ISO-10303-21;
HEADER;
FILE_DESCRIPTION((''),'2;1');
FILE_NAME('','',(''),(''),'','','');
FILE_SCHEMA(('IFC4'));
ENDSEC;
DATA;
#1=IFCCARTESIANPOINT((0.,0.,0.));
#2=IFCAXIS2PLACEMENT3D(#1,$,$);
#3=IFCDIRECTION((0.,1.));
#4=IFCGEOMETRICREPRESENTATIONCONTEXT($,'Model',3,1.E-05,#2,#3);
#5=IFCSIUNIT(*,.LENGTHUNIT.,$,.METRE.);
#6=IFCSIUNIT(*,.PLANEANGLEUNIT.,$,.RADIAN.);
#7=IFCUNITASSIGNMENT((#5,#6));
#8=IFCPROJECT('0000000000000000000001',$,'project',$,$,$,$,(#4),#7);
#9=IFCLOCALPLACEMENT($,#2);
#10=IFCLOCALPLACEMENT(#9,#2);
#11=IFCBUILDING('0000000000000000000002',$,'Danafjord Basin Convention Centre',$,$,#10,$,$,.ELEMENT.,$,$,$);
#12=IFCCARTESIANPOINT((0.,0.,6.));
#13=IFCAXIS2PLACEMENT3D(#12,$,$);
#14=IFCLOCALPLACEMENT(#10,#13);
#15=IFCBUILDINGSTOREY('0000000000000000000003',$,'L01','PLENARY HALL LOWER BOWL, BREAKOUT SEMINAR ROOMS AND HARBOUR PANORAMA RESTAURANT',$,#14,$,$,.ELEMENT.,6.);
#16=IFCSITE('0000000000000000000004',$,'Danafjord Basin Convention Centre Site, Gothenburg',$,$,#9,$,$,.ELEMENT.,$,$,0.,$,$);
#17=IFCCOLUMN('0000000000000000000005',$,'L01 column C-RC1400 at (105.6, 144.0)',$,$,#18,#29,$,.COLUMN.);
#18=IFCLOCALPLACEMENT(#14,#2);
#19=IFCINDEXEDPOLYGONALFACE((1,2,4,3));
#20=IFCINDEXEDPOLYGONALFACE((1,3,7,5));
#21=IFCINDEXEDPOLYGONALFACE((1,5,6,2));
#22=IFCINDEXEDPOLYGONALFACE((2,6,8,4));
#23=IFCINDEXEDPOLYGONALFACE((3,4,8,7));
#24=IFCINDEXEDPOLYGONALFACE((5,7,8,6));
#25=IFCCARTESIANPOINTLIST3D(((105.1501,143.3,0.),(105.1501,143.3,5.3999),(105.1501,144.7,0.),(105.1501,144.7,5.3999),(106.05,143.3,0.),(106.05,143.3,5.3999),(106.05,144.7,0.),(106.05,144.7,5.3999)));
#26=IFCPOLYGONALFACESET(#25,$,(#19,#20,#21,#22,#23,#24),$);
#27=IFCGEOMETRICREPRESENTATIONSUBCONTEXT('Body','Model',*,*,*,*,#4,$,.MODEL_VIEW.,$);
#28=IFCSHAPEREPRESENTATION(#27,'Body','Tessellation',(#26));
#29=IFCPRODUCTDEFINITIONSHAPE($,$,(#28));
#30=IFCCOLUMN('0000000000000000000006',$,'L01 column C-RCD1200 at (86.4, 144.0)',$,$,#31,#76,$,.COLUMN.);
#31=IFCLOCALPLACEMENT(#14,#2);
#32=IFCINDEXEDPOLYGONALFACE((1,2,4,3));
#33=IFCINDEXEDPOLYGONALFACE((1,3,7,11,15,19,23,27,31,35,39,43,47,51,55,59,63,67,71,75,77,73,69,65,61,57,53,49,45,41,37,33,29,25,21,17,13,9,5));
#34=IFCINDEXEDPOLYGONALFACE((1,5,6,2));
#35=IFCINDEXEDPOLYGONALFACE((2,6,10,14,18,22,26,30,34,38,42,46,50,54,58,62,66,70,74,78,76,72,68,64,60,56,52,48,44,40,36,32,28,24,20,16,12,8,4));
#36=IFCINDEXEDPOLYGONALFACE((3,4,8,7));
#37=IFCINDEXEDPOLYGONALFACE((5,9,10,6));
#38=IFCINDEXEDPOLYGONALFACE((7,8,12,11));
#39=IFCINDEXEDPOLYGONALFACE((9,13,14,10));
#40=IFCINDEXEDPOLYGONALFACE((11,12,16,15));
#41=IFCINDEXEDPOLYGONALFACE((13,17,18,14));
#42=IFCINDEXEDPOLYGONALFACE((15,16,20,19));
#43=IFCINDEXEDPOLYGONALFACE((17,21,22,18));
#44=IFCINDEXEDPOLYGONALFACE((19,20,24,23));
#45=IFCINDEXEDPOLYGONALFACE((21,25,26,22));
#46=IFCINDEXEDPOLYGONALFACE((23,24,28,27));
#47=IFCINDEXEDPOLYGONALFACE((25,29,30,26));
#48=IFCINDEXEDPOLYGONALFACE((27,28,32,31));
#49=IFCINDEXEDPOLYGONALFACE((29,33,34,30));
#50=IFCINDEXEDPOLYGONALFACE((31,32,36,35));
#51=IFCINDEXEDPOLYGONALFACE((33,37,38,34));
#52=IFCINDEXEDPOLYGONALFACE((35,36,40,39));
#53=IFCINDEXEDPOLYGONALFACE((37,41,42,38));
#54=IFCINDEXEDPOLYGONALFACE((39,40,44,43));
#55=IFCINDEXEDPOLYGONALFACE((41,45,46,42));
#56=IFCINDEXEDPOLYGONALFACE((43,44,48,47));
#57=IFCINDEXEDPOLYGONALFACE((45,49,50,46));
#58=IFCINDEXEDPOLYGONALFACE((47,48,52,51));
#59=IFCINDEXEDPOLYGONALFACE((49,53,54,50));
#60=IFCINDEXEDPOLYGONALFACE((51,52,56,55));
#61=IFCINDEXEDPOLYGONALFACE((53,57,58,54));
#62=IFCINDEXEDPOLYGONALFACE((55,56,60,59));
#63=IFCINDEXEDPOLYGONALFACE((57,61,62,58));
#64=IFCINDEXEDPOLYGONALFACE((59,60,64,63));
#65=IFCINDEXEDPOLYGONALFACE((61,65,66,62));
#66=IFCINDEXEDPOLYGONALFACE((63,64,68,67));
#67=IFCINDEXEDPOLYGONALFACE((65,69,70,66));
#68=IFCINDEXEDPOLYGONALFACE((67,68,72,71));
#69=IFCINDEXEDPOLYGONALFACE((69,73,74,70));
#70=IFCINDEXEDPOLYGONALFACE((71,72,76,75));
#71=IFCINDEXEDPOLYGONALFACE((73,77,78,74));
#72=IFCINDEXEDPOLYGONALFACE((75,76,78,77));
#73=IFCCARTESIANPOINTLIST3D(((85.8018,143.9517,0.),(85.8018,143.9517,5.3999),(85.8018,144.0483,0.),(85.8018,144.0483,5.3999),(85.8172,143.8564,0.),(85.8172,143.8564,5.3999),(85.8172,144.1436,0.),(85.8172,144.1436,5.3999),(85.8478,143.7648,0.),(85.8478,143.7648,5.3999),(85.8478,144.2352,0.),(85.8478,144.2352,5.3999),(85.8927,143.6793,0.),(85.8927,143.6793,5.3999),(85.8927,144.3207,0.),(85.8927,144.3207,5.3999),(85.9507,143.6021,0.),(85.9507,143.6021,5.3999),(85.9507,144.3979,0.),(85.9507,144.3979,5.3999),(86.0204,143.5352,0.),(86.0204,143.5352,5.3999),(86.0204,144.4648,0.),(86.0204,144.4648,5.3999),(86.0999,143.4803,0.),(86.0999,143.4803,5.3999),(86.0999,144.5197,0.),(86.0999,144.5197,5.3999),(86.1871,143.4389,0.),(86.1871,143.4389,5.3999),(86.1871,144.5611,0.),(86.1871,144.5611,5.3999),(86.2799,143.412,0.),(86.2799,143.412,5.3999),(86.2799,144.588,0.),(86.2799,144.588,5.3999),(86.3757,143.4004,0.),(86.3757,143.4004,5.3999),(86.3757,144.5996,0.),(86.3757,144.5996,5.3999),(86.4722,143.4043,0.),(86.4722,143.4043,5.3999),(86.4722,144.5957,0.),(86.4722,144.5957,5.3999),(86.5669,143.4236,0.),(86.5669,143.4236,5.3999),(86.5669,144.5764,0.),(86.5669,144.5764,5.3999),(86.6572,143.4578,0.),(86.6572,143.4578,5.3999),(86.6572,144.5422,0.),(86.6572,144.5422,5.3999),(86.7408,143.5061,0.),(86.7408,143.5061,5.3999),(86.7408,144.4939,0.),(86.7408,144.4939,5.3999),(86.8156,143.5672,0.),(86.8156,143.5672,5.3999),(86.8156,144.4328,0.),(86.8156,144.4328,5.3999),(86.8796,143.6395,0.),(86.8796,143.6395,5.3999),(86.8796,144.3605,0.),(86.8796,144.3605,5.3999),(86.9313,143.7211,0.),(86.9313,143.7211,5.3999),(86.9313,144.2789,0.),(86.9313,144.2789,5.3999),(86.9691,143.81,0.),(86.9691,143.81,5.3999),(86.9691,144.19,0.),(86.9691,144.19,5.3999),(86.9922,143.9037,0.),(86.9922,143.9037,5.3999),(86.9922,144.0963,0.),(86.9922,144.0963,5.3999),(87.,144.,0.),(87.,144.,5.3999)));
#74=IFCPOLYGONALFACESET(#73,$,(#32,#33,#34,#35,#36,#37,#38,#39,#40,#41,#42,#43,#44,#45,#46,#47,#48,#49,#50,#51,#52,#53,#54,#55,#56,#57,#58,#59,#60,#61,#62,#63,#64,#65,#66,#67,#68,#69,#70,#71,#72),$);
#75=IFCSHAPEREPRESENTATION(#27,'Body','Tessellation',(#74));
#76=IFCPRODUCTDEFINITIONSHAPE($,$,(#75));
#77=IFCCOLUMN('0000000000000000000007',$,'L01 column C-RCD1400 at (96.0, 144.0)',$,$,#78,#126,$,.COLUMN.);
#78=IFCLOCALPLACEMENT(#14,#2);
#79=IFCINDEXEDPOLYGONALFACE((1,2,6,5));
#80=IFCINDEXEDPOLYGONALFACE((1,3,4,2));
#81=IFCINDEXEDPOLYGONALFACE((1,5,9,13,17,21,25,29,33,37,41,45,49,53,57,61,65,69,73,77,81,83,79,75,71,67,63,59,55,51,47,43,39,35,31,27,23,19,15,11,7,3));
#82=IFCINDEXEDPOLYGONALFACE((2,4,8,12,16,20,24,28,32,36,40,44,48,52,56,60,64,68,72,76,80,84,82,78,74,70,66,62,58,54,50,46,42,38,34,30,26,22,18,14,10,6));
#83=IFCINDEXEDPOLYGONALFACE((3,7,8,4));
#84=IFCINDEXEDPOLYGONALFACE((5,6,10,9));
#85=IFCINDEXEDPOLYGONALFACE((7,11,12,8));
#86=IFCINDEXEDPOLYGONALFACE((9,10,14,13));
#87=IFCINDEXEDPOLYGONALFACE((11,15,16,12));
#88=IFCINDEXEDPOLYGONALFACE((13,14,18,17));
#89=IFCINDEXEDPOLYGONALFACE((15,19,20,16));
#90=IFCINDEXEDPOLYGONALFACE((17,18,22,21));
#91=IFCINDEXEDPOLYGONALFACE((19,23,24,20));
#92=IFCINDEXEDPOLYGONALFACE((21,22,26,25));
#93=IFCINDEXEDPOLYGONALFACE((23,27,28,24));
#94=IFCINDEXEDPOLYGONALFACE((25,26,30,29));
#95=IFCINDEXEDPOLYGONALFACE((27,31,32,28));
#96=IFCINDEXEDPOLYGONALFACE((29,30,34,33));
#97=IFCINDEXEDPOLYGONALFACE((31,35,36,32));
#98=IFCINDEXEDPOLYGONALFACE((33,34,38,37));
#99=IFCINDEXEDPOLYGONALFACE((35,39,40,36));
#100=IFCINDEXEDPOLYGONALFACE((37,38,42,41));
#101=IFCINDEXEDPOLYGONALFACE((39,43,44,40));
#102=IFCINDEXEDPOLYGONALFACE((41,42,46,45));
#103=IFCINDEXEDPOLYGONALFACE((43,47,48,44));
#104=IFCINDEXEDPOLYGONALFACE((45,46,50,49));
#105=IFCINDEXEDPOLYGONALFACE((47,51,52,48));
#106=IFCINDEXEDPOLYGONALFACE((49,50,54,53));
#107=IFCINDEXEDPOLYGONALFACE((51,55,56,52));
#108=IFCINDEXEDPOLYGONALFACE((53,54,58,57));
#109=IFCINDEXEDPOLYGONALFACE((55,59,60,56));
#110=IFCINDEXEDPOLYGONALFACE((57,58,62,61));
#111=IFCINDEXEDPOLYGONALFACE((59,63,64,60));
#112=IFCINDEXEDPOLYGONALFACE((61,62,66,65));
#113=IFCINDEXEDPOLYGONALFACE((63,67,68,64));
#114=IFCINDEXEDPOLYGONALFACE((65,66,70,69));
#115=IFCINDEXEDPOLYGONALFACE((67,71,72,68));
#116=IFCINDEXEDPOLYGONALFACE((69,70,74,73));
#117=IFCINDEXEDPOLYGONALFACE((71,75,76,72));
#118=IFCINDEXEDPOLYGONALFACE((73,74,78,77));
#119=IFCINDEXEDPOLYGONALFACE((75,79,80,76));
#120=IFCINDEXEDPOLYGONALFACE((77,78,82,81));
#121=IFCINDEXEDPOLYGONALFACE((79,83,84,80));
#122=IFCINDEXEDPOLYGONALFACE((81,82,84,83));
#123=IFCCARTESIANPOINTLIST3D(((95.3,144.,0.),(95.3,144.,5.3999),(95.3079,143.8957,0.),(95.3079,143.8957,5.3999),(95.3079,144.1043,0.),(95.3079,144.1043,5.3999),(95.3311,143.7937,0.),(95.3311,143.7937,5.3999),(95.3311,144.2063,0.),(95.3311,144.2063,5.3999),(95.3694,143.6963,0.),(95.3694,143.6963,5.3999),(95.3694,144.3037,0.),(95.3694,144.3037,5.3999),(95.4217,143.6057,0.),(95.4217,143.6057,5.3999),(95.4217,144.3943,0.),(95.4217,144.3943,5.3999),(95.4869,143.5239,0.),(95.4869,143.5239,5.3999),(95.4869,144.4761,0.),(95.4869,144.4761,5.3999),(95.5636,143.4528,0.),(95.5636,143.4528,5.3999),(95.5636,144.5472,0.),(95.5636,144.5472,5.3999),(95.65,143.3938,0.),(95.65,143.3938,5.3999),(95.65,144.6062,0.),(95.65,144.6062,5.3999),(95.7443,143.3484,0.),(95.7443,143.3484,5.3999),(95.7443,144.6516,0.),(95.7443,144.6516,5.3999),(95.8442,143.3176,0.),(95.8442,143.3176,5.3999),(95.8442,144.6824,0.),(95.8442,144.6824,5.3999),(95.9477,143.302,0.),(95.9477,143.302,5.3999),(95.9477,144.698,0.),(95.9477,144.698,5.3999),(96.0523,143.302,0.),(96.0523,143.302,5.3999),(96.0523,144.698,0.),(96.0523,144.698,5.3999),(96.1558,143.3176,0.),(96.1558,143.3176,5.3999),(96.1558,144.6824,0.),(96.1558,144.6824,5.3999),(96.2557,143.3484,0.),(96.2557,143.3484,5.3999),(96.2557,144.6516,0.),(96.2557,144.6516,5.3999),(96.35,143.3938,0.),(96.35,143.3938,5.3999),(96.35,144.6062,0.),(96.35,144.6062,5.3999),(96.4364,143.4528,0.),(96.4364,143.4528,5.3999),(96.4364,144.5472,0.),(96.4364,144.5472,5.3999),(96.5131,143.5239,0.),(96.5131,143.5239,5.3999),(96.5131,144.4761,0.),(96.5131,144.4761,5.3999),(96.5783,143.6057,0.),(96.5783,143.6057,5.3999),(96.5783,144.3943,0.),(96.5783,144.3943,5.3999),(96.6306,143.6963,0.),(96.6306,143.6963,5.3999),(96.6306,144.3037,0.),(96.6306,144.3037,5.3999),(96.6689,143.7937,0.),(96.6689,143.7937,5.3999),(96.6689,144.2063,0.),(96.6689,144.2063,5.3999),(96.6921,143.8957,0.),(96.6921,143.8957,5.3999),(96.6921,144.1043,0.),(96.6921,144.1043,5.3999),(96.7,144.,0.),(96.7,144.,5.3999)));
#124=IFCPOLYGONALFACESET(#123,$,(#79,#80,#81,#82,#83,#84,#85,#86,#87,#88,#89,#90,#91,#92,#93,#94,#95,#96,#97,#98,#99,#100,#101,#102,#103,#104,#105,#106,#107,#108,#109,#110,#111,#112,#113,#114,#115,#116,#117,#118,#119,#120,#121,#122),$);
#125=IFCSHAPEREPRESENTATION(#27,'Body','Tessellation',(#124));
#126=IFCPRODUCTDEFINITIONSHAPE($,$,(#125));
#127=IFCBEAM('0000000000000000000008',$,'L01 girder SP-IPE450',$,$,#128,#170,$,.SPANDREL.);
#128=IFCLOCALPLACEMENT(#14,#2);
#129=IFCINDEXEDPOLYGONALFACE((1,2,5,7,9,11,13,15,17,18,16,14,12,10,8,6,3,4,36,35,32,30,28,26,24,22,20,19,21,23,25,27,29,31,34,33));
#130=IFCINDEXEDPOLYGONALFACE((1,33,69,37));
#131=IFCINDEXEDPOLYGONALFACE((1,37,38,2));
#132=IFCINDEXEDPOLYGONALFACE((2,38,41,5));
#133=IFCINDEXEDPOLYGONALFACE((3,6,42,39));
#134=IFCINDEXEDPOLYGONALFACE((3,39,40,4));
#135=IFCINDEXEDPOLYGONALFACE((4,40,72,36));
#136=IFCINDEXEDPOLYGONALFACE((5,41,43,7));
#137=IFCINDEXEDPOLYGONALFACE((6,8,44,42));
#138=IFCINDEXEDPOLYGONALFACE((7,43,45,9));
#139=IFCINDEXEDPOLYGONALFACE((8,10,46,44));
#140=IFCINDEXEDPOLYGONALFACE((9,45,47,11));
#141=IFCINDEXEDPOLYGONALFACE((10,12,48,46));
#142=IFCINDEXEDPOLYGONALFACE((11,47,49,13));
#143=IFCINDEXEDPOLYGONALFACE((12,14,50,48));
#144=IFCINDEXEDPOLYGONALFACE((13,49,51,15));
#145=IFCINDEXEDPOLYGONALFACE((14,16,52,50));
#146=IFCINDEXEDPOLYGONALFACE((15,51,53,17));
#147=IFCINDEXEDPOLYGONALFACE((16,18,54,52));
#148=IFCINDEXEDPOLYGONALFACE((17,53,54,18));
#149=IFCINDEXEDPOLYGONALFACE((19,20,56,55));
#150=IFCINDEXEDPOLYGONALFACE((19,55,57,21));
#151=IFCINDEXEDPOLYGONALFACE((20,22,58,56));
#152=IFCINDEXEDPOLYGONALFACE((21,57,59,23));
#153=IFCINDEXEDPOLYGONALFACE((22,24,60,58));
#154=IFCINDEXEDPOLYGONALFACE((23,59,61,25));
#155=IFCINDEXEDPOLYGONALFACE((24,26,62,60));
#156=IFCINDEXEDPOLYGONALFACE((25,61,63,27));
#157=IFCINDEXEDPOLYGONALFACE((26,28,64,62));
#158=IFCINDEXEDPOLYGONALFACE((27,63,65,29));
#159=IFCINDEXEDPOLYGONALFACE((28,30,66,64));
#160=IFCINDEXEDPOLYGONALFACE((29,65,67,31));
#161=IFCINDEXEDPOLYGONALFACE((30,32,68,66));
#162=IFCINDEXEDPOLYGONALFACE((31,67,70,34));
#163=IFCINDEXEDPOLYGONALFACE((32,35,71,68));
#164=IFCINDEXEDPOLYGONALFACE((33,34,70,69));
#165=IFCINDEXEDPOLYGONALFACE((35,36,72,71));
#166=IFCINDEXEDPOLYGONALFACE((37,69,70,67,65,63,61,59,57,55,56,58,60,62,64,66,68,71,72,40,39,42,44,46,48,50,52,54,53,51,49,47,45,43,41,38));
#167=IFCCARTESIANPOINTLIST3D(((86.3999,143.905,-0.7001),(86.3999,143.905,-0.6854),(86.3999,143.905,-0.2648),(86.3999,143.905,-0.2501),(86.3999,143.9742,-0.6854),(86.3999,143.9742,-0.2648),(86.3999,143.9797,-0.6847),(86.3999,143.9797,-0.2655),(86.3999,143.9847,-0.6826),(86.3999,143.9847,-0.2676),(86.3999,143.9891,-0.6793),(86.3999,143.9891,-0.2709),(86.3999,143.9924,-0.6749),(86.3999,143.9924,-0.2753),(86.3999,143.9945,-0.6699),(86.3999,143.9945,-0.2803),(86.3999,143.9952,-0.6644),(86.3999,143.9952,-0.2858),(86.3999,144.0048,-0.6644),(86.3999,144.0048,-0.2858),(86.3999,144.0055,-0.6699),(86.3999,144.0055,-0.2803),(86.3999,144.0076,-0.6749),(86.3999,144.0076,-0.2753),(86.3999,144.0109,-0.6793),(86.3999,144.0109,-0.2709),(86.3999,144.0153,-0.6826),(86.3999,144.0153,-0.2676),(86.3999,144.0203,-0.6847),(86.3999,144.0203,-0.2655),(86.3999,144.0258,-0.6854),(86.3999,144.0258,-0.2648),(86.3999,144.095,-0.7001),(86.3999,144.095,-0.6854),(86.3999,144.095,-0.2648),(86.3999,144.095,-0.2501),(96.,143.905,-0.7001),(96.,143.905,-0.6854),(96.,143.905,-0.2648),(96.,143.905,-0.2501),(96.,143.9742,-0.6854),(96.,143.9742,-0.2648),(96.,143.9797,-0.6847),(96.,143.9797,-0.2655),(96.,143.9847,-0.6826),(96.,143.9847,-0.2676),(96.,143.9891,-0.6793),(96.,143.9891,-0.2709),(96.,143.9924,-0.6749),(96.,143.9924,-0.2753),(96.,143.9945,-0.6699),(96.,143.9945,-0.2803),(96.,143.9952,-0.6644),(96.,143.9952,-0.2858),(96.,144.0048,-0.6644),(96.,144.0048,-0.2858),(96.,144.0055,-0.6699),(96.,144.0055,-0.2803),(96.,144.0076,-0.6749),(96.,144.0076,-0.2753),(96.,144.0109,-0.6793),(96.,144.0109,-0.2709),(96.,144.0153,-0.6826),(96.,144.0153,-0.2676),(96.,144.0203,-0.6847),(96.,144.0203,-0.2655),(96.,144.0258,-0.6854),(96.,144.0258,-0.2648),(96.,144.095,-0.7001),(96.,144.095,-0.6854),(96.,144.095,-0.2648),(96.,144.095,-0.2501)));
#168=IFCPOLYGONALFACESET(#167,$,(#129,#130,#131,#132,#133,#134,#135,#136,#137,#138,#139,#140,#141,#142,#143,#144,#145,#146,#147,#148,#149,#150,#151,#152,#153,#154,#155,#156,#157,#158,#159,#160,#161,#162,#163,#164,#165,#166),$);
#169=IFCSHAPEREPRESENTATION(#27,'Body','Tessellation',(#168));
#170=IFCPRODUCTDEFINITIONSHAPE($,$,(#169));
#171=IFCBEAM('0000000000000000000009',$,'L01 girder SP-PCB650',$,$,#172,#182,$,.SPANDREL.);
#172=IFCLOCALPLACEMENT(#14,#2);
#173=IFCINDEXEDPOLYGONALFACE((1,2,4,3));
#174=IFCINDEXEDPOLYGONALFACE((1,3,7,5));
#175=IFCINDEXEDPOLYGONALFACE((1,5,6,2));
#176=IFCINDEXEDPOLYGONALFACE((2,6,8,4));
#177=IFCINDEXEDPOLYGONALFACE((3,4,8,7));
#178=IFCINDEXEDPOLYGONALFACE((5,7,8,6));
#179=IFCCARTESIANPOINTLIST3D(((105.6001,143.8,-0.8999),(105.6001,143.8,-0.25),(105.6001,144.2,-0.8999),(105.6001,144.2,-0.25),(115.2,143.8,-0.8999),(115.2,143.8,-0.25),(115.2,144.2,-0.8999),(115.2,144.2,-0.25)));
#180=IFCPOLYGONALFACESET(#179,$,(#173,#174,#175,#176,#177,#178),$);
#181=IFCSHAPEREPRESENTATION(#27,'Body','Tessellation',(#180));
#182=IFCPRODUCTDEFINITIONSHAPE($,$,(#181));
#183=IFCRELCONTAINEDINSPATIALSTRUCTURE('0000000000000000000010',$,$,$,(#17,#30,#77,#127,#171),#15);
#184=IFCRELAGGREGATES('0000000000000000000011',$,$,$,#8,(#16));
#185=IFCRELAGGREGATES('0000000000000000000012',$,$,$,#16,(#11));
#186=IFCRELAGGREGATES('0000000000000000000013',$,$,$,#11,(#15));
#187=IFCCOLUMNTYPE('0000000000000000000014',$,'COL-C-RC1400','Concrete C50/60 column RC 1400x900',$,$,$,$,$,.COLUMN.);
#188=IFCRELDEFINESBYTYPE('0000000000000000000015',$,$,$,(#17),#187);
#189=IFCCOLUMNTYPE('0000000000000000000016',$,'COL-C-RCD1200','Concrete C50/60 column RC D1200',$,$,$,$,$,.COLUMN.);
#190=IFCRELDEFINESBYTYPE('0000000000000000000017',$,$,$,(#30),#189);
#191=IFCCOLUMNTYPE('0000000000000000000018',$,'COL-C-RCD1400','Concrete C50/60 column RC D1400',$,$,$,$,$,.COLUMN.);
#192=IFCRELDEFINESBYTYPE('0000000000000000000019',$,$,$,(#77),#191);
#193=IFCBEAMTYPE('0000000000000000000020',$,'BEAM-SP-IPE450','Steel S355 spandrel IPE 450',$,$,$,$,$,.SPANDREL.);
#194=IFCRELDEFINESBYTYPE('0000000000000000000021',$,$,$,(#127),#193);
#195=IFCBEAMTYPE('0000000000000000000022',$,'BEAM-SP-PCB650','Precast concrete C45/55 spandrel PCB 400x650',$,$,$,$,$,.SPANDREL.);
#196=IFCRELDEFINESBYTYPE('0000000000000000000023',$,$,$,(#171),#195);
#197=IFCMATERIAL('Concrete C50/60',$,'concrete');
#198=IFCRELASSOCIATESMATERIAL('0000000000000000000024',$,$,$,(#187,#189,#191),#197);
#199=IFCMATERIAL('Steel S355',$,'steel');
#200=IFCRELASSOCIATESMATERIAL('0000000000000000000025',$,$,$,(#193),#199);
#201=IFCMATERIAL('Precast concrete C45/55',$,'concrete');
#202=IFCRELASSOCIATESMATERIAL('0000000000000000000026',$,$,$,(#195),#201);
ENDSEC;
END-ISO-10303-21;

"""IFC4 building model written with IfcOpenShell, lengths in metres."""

from ifc_helpers import new_model, si_unit, direction, frame, origin, origin_2d, place, context, subcontext, project, spatial, rectangle, circle, i_section, extrude, material, material_profile, profile_set, type_object, element, save


model = new_model("IFC4")

# Units and contexts
model_context = context("Model", 3, precision=1e-05, world=origin(), true_north=direction((0.0, 1.0)))
body_context = subcontext(model_context, "Body", "Model", "MODEL_VIEW")
ifc_project = project(units=[si_unit("LENGTHUNIT", "METRE"), si_unit("PLANEANGLEUNIT", "RADIAN")], contexts=[model_context])

# Site, building, storey
site_placement = place(None, origin())
site = spatial("IfcSite", under=ifc_project, at=site_placement, Name="Danafjord Basin Convention Centre Site, Gothenburg", CompositionType="ELEMENT", RefElevation=0.0)
building_placement = place(site_placement, origin())
building = spatial("IfcBuilding", under=site, at=building_placement, Name="Danafjord Basin Convention Centre", CompositionType="ELEMENT")
storey_placement = place(building_placement, frame((0.0, 0.0, 6.0)))
storey = spatial("IfcBuildingStorey", under=building, at=storey_placement, Name="L01", Description="PLENARY HALL LOWER BOWL, BREAKOUT SEMINAR ROOMS AND HARBOUR PANORAMA RESTAURANT", CompositionType="ELEMENT", Elevation=6.0)

# Columns
ifc_material_1 = material(Name="Concrete C50/60", Category="concrete")
ifc_material_profile_1 = material_profile(ifc_material_1, rectangle(XDim=0.8999, YDim=1.3999, at=origin_2d()), Name="RC 1400x900")
ifc_profile_set_1 = profile_set([ifc_material_profile_1], Name="Concrete C50/60")
column_type_1 = type_object("IfcColumnType", Name="COL-C-RC1400", Description="Concrete C50/60 column RC 1400x900", PredefinedType="COLUMN", material=ifc_profile_set_1)
column_1_placement = place(storey_placement, frame((105.6001, 144.0, 0.0), z_axis=(0.0, 0.0, 1.0), x_axis=(1.0, 0.0, 0.0)))
element("IfcColumn", 1, at=column_1_placement, inside=storey, type_object=column_type_1, Name="L01 column C-RC1400 at (105.6, 144.0)", PredefinedType="COLUMN", context=body_context, shape_type="SweptSolid", body=[
    extrude(rectangle(XDim=0.8999, YDim=1.3999, at=origin_2d()), origin(), (0.0, 0.0, 1.0), 5.3999),
])
ifc_material_profile_2 = material_profile(ifc_material_1, circle(Radius=0.6001, at=origin_2d()), Name="RC D1200")
ifc_profile_set_2 = profile_set([ifc_material_profile_2], Name="Concrete C50/60")
column_type_2 = type_object("IfcColumnType", Name="COL-C-RCD1200", Description="Concrete C50/60 column RC D1200", PredefinedType="COLUMN", material=ifc_profile_set_2)
column_2_placement = place(storey_placement, frame((86.3999, 144.0, 0.0), z_axis=(0.0, 0.0, 1.0), x_axis=(1.0, 0.0, 0.0)))
element("IfcColumn", 2, at=column_2_placement, inside=storey, type_object=column_type_2, Name="L01 column C-RCD1200 at (86.4, 144.0)", PredefinedType="COLUMN", context=body_context, shape_type="SweptSolid", body=[
    extrude(circle(Radius=0.6001, at=origin_2d()), origin(), (0.0, 0.0, 1.0), 5.3999),
])
ifc_material_profile_3 = material_profile(ifc_material_1, circle(Radius=0.7, at=origin_2d()), Name="RC D1400")
ifc_profile_set_3 = profile_set([ifc_material_profile_3], Name="Concrete C50/60")
column_type_3 = type_object("IfcColumnType", Name="COL-C-RCD1400", Description="Concrete C50/60 column RC D1400", PredefinedType="COLUMN", material=ifc_profile_set_3)
column_3_placement = place(storey_placement, frame((96.0, 144.0, 0.0), z_axis=(0.0, 0.0, 1.0), x_axis=(1.0, 0.0, 0.0)))
element("IfcColumn", 3, at=column_3_placement, inside=storey, type_object=column_type_3, Name="L01 column C-RCD1400 at (96.0, 144.0)", PredefinedType="COLUMN", context=body_context, shape_type="SweptSolid", body=[
    extrude(circle(Radius=0.7, at=origin_2d()), origin(), (0.0, 0.0, 1.0), 5.3999),
])

# Beams
ifc_material_2 = material(Name="Steel S355", Category="steel")
ifc_material_profile_4 = material_profile(ifc_material_2, i_section(OverallWidth=0.1899, OverallDepth=0.45, WebThickness=0.0095, FlangeThickness=0.0146, FilletRadius=0.021, at=origin_2d()), Name="IPE 450")
ifc_profile_set_4 = profile_set([ifc_material_profile_4], Name="Steel S355")
beam_type_1 = type_object("IfcBeamType", Name="BEAM-SP-IPE450", Description="Steel S355 spandrel IPE 450", PredefinedType="SPANDREL", material=ifc_profile_set_4)
beam_1_placement = place(storey_placement, frame((86.3999, 144.0, -0.4751), z_axis=(1.0, 0.0, 0.0), x_axis=(0.0, 1.0, 0.0)))
element("IfcBeam", 4, at=beam_1_placement, inside=storey, type_object=beam_type_1, Name="L01 girder SP-IPE450", PredefinedType="SPANDREL", context=body_context, shape_type="SweptSolid", body=[
    extrude(i_section(OverallWidth=0.1899, OverallDepth=0.45, WebThickness=0.0095, FlangeThickness=0.0146, FilletRadius=0.021, at=origin_2d()), origin(), (0.0, 0.0, 1.0), 9.6001),
])
ifc_material_3 = material(Name="Precast concrete C45/55", Category="concrete")
ifc_material_profile_5 = material_profile(ifc_material_3, rectangle(XDim=0.3999, YDim=0.6499, at=origin_2d()), Name="PCB 400x650")
ifc_profile_set_5 = profile_set([ifc_material_profile_5], Name="Precast concrete C45/55")
beam_type_2 = type_object("IfcBeamType", Name="BEAM-SP-PCB650", Description="Precast concrete C45/55 spandrel PCB 400x650", PredefinedType="SPANDREL", material=ifc_profile_set_5)
beam_2_placement = place(storey_placement, frame((105.6001, 144.0, -0.575), z_axis=(1.0, 0.0, 0.0), x_axis=(0.0, 1.0, 0.0)))
element("IfcBeam", 5, at=beam_2_placement, inside=storey, type_object=beam_type_2, Name="L01 girder SP-PCB650", PredefinedType="SPANDREL", context=body_context, shape_type="SweptSolid", body=[
    extrude(rectangle(XDim=0.3999, YDim=0.6499, at=origin_2d()), origin(), (0.0, 0.0, 1.0), 9.5999),
])

save(model, "model.ifc")
